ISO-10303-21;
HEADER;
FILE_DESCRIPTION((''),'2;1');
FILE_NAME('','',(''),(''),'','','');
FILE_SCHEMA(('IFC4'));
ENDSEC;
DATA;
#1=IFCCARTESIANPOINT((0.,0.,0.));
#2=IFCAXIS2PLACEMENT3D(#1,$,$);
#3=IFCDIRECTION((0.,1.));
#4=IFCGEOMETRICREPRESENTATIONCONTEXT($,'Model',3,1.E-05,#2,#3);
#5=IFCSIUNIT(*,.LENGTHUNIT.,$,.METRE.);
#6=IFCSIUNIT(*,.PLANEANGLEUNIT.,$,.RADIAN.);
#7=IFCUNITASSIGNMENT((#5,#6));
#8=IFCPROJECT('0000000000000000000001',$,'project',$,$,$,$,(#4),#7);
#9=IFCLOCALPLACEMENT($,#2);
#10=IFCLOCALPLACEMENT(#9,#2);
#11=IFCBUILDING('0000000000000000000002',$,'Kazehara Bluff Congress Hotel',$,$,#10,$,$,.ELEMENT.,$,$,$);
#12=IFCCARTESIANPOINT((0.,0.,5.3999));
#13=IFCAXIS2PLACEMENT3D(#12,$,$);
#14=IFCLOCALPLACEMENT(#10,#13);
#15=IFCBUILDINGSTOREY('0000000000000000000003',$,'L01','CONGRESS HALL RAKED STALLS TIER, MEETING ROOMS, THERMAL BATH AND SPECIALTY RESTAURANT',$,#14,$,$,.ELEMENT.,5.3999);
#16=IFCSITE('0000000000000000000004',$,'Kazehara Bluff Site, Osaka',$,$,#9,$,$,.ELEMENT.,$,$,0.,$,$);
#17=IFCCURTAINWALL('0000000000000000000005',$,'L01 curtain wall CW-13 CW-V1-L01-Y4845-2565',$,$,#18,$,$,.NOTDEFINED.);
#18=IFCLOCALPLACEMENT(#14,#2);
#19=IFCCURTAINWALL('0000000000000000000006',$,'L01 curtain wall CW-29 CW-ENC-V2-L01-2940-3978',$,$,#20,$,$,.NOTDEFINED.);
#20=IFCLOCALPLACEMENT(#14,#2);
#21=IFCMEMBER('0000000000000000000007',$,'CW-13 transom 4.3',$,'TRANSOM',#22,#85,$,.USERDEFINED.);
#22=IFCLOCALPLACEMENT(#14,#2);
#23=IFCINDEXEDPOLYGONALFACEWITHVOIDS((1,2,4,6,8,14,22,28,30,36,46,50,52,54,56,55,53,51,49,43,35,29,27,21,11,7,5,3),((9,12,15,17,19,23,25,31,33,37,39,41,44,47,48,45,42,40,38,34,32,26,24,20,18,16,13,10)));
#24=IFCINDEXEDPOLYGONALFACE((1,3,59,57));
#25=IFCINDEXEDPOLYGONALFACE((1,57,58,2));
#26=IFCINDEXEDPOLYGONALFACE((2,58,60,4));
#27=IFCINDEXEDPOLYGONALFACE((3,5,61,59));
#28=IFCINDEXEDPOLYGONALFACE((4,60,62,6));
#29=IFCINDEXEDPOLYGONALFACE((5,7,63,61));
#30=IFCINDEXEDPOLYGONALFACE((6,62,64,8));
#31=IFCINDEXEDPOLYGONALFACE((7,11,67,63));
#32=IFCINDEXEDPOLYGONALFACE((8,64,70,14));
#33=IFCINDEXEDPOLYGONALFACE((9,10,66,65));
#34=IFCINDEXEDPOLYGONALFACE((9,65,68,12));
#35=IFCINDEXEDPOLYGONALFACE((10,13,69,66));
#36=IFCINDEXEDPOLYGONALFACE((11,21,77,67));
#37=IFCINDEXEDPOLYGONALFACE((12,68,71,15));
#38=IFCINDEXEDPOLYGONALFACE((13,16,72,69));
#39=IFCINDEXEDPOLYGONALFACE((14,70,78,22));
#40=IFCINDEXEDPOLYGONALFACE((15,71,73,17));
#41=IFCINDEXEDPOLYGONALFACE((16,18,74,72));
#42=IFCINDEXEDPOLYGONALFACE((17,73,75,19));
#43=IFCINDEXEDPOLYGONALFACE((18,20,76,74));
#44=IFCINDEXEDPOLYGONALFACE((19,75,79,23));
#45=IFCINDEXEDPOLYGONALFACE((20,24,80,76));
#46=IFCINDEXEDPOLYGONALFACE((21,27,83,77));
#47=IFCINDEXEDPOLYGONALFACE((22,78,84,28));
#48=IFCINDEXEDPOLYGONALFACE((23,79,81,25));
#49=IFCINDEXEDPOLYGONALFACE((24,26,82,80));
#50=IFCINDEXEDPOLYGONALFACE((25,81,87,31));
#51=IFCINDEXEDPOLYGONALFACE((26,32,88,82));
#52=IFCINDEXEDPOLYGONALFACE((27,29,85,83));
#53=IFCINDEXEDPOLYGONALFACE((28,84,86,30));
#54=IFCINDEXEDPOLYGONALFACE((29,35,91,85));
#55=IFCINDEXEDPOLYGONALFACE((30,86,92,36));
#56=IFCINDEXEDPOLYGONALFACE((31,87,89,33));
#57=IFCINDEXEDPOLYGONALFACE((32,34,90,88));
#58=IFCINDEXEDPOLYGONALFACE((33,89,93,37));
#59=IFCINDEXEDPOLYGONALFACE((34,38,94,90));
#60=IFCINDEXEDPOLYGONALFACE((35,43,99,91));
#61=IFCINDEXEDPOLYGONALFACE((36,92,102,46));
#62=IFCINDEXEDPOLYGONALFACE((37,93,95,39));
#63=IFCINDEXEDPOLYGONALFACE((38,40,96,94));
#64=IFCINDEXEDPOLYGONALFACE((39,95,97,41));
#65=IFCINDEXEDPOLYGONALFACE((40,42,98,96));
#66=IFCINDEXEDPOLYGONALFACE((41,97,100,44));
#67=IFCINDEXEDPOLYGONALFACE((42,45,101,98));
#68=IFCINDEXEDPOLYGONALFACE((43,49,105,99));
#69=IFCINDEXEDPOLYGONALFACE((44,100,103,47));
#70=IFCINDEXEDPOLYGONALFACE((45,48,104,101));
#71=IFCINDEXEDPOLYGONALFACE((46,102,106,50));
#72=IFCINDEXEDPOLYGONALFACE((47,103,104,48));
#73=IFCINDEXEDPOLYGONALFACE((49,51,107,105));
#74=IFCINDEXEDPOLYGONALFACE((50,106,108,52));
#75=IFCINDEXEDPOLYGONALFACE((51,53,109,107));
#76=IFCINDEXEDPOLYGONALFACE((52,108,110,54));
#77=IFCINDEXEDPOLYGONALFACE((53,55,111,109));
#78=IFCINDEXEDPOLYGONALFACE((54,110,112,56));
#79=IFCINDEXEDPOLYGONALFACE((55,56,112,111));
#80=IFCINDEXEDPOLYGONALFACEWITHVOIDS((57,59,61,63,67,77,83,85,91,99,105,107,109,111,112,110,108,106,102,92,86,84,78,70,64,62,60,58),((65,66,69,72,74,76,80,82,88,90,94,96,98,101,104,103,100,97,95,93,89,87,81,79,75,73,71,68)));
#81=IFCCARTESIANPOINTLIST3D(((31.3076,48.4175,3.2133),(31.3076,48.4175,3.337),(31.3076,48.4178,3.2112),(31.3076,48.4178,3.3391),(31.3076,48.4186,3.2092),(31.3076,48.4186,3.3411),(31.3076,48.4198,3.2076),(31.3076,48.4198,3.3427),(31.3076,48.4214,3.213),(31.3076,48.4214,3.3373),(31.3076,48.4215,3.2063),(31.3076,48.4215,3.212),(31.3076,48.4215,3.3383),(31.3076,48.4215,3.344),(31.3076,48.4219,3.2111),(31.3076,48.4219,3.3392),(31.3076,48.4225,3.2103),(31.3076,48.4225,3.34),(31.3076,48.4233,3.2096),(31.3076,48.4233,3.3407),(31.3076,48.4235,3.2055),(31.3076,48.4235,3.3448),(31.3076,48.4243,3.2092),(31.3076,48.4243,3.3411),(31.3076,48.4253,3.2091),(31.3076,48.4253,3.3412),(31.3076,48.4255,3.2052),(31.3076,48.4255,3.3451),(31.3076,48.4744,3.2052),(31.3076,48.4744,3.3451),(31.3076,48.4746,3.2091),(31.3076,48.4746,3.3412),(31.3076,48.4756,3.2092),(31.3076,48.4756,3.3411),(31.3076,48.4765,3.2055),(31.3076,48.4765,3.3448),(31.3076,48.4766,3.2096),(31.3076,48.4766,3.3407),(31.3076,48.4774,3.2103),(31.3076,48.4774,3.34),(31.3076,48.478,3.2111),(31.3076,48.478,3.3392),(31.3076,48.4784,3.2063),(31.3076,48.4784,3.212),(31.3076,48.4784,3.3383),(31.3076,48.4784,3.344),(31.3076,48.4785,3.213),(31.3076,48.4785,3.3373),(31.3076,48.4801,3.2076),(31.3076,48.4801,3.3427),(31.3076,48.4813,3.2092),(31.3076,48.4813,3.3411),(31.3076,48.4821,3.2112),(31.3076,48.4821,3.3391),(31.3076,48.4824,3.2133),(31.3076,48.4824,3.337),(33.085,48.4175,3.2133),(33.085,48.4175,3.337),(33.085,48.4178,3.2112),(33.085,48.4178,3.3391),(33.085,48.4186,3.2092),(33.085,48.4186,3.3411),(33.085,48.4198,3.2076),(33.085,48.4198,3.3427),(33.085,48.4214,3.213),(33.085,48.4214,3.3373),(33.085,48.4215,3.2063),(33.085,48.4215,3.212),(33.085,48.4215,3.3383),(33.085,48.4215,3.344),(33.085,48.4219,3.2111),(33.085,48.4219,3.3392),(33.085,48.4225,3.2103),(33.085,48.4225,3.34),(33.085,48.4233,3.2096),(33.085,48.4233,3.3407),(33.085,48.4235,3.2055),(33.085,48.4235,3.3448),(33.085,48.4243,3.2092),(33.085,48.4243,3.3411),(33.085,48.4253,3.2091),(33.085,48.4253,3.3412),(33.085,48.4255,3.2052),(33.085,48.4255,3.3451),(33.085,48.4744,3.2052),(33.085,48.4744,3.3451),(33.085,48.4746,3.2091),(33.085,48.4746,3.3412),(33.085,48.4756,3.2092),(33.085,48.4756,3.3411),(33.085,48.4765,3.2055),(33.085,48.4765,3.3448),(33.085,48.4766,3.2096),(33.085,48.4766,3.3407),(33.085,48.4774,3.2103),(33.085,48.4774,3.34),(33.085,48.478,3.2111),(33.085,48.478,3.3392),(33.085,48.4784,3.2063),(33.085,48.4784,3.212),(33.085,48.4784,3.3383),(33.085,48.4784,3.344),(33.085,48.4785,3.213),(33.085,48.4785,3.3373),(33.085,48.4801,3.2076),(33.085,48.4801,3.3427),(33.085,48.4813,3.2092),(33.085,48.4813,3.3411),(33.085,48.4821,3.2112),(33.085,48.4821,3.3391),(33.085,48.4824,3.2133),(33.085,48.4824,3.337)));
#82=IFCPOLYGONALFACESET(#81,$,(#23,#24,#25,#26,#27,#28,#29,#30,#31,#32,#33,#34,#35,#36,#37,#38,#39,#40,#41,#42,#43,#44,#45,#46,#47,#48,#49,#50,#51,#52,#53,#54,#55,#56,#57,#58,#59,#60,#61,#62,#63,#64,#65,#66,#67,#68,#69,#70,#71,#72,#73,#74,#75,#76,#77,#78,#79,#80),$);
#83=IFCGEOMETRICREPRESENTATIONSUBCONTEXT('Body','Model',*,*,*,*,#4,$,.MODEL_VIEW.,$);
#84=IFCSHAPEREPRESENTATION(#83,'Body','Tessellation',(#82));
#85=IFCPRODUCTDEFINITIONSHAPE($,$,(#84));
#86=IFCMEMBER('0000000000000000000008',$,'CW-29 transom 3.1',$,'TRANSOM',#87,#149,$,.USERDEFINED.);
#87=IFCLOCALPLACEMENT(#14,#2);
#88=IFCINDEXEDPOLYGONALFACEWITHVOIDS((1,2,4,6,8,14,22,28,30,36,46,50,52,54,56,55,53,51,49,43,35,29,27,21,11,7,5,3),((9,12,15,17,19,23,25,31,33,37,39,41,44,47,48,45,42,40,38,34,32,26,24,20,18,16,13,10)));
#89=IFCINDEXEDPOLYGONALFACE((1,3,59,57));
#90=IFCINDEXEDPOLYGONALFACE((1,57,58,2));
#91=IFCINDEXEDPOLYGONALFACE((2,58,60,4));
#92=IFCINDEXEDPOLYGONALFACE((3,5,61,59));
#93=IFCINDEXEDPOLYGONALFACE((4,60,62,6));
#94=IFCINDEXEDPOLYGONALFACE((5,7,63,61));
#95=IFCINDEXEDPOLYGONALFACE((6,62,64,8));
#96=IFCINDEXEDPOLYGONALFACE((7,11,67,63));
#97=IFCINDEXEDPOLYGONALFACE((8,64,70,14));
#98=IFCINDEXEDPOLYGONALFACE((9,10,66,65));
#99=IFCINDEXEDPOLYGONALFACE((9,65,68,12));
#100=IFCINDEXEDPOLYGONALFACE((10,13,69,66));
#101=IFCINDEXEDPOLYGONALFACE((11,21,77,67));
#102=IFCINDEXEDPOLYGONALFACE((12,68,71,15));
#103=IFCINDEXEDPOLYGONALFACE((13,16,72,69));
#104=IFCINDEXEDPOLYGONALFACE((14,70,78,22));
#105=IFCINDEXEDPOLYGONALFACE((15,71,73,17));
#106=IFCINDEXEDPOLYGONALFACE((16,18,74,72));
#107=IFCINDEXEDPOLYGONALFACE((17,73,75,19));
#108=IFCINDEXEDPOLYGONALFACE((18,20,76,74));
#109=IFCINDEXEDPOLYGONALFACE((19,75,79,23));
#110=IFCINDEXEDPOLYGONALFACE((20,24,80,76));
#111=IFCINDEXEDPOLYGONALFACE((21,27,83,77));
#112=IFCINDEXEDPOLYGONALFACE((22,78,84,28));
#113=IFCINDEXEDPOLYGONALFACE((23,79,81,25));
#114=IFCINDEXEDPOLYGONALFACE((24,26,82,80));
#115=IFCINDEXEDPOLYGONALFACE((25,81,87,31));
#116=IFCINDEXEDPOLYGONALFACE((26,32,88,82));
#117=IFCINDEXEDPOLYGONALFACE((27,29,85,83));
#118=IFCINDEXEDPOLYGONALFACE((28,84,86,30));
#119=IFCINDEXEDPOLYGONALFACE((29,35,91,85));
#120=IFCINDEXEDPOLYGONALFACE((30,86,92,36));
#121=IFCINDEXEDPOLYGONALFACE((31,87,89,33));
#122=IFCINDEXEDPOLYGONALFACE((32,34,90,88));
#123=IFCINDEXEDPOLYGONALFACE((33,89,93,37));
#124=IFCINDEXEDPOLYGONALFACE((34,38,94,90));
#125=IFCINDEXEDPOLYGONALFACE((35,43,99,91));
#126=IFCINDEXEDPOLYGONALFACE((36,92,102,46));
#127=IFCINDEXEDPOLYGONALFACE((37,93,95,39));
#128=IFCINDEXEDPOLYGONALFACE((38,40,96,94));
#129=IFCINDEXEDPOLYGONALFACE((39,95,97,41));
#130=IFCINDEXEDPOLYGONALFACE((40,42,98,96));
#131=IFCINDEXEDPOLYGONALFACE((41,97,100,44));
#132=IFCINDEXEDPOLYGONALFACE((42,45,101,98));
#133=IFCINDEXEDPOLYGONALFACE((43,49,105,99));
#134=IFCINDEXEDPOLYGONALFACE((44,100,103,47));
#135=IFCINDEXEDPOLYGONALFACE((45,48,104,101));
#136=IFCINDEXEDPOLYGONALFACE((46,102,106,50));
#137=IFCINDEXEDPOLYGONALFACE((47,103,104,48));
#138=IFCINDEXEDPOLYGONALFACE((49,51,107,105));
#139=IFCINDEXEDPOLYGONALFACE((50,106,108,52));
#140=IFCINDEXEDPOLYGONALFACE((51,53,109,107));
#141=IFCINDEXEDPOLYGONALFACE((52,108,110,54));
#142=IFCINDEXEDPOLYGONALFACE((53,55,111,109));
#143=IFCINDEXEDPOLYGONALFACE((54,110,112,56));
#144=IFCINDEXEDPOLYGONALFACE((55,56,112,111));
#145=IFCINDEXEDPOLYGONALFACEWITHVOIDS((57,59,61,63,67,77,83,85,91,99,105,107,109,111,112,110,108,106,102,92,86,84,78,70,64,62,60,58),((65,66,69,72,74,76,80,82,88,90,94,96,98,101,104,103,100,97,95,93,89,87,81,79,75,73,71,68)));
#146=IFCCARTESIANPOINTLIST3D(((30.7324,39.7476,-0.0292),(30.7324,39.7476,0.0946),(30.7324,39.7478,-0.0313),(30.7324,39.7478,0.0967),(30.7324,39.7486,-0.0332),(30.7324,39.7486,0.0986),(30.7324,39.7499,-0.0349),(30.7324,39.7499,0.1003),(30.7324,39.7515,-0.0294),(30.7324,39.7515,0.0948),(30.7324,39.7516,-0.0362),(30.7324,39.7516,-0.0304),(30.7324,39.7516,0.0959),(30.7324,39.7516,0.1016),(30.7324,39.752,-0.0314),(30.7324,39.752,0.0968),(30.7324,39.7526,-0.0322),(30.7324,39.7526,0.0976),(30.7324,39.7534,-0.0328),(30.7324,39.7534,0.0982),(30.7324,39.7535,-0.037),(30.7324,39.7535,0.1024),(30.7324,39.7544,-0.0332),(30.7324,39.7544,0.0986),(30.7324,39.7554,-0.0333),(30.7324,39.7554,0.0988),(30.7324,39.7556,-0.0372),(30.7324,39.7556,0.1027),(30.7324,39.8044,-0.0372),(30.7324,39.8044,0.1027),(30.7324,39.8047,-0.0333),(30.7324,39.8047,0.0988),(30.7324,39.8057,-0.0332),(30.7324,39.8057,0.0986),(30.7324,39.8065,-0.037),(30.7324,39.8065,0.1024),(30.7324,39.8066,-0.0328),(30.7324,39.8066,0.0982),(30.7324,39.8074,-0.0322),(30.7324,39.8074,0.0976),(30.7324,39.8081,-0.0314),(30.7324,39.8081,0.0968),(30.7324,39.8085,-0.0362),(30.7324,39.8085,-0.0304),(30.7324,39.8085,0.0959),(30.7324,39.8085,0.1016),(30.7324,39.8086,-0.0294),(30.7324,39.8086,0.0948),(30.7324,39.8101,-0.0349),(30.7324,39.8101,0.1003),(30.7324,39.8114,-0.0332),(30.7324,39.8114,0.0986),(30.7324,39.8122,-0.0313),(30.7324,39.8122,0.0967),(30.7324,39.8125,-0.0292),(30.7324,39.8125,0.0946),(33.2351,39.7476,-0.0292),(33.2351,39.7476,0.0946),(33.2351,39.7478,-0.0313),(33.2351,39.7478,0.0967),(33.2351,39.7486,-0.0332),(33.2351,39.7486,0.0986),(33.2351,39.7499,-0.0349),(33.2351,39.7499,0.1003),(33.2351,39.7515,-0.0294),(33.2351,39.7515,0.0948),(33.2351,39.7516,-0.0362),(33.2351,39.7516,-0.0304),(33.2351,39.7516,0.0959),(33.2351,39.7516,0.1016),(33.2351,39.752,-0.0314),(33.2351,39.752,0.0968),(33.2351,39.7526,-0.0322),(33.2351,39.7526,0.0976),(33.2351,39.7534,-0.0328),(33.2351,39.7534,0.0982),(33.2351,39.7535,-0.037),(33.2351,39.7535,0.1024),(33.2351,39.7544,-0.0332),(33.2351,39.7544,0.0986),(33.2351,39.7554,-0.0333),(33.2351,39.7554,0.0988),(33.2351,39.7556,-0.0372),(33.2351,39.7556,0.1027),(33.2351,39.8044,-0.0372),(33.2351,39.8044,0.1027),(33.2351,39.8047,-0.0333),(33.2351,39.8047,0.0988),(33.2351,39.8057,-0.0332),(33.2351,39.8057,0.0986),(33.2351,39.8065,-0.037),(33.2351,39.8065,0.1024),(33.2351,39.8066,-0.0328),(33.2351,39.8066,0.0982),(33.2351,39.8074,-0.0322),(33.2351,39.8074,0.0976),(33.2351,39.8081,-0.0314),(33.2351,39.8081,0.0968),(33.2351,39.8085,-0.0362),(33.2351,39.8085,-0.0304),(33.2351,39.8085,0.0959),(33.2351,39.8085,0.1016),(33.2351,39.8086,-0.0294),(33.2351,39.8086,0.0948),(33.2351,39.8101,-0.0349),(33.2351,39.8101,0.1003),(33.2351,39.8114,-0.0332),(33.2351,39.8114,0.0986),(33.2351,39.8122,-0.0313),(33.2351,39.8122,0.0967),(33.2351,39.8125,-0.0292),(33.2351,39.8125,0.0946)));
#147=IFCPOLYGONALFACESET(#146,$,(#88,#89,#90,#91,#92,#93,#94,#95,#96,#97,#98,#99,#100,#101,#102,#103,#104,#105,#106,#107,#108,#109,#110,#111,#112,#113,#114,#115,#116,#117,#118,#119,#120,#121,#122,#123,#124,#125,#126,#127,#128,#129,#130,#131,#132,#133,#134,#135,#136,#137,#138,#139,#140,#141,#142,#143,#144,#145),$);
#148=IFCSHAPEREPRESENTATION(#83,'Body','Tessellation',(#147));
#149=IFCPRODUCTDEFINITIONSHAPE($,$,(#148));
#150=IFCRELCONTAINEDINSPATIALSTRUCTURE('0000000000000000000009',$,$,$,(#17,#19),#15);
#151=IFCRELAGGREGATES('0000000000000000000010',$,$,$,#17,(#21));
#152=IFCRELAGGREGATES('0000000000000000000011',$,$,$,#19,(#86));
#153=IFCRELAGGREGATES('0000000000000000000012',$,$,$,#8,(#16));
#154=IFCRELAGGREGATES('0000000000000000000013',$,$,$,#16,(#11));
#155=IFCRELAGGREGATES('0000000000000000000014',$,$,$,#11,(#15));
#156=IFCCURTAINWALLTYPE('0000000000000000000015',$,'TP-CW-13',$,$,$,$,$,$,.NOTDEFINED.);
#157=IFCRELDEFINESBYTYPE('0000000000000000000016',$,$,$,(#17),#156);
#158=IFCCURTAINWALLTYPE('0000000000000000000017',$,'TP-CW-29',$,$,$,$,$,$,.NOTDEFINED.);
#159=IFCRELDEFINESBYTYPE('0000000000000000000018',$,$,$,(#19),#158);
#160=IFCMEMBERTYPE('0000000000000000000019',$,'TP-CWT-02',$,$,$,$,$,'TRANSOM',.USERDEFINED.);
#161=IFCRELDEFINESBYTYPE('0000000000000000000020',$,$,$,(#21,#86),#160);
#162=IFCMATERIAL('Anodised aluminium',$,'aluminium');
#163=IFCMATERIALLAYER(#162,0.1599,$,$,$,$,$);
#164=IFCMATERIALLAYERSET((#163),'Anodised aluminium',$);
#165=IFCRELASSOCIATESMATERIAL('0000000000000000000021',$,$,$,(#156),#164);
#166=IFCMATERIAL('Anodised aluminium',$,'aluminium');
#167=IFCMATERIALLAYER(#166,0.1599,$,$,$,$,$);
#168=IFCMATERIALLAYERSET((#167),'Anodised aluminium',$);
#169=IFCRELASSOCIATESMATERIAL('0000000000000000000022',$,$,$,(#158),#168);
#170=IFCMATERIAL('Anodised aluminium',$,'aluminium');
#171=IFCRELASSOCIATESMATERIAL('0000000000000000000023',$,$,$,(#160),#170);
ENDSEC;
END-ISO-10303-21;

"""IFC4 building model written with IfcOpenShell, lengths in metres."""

from ifc_helpers import new_model, si_unit, direction, frame, origin, origin_2d, place, context, subcontext, project, spatial, hollow_rectangle, extrude, material, layer, layer_set, material_profile, profile_set, type_object, element, aggregate, save


model = new_model("IFC4")

# Units and contexts
model_context = context("Model", 3, precision=1e-05, world=origin(), true_north=direction((0.0, 1.0)))
body_context = subcontext(model_context, "Body", "Model", "MODEL_VIEW")
ifc_project = project(units=[si_unit("LENGTHUNIT", "METRE"), si_unit("PLANEANGLEUNIT", "RADIAN")], contexts=[model_context])

# Site, building, storey
site_placement = place(None, origin())
site = spatial("IfcSite", under=ifc_project, at=site_placement, Name="Kazehara Bluff Site, Osaka", CompositionType="ELEMENT", RefElevation=0.0)
building_placement = place(site_placement, origin())
building = spatial("IfcBuilding", under=site, at=building_placement, Name="Kazehara Bluff Congress Hotel", CompositionType="ELEMENT")
storey_placement = place(building_placement, frame((0.0, 0.0, 5.3999)))
storey = spatial("IfcBuildingStorey", under=building, at=storey_placement, Name="L01", Description="CONGRESS HALL RAKED STALLS TIER, MEETING ROOMS, THERMAL BATH AND SPECIALTY RESTAURANT", CompositionType="ELEMENT", Elevation=5.3999)

# Curtain walls
ifc_material_1 = material(Name="Anodised aluminium", Category="aluminium")
ifc_layer_1 = layer(ifc_material_1, 0.1599)
ifc_layer_set_1 = layer_set([ifc_layer_1], Name="Anodised aluminium")
curtain_wall_type_1 = type_object("IfcCurtainWallType", Name="TP-CW-13", PredefinedType="NOTDEFINED", material=ifc_layer_set_1)
curtain_wall_1_placement = place(storey_placement, origin())
curtain_wall_1 = element("IfcCurtainWall", 1, at=curtain_wall_1_placement, inside=storey, type_object=curtain_wall_type_1, Name="L01 curtain wall CW-13 CW-V1-L01-Y4845-2565", PredefinedType="NOTDEFINED")
ifc_material_2 = material(Name="Anodised aluminium", Category="aluminium")
ifc_layer_2 = layer(ifc_material_2, 0.1599)
ifc_layer_set_2 = layer_set([ifc_layer_2], Name="Anodised aluminium")
curtain_wall_type_2 = type_object("IfcCurtainWallType", Name="TP-CW-29", PredefinedType="NOTDEFINED", material=ifc_layer_set_2)
curtain_wall_2_placement = place(storey_placement, origin())
curtain_wall_2 = element("IfcCurtainWall", 2, at=curtain_wall_2_placement, inside=storey, type_object=curtain_wall_type_2, Name="L01 curtain wall CW-29 CW-ENC-V2-L01-2940-3978", PredefinedType="NOTDEFINED")

# Members
ifc_material_3 = material(Name="Anodised aluminium", Category="aluminium")
ifc_material_profile_1 = material_profile(ifc_material_3, hollow_rectangle(XDim=0.0649, YDim=0.1399, WallThickness=0.0039, InnerFilletRadius=0.0039, OuterFilletRadius=0.0081, at=origin_2d()))
ifc_profile_set_1 = profile_set([ifc_material_profile_1], Name="Anodised aluminium")
member_type_1 = type_object("IfcMemberType", Name="TP-CWT-02", ElementType="TRANSOM", PredefinedType="USERDEFINED", material=ifc_profile_set_1)
member_1_placement = place(storey_placement, frame((31.3076, 48.45, 3.2751), z_axis=(1.0, 0.0, 0.0), x_axis=(0.0, 1.0, 0.0)))
member_1 = element("IfcMember", 3, at=member_1_placement, type_object=member_type_1, Name="CW-13 transom 4.3", ObjectType="TRANSOM", PredefinedType="USERDEFINED", context=body_context, shape_type="SweptSolid", body=[
    extrude(hollow_rectangle(XDim=0.0649, YDim=0.1399, WallThickness=0.0039, InnerFilletRadius=0.0039, OuterFilletRadius=0.0081, at=origin_2d()), origin(), (0.0, 0.0, 1.0), 1.7773),
])
member_2_placement = place(storey_placement, frame((30.7324, 39.78, 0.0327), z_axis=(1.0, 0.0, 0.0), x_axis=(0.0, 1.0, 0.0)))
member_2 = element("IfcMember", 4, at=member_2_placement, type_object=member_type_1, Name="CW-29 transom 3.1", ObjectType="TRANSOM", PredefinedType="USERDEFINED", context=body_context, shape_type="SweptSolid", body=[
    extrude(hollow_rectangle(XDim=0.0649, YDim=0.1399, WallThickness=0.0039, InnerFilletRadius=0.0039, OuterFilletRadius=0.0081, at=origin_2d()), origin(), (0.0, 0.0, 1.0), 2.5027),
])

aggregate(curtain_wall_1, [member_1])
aggregate(curtain_wall_2, [member_2])

save(model, "model.ifc")
